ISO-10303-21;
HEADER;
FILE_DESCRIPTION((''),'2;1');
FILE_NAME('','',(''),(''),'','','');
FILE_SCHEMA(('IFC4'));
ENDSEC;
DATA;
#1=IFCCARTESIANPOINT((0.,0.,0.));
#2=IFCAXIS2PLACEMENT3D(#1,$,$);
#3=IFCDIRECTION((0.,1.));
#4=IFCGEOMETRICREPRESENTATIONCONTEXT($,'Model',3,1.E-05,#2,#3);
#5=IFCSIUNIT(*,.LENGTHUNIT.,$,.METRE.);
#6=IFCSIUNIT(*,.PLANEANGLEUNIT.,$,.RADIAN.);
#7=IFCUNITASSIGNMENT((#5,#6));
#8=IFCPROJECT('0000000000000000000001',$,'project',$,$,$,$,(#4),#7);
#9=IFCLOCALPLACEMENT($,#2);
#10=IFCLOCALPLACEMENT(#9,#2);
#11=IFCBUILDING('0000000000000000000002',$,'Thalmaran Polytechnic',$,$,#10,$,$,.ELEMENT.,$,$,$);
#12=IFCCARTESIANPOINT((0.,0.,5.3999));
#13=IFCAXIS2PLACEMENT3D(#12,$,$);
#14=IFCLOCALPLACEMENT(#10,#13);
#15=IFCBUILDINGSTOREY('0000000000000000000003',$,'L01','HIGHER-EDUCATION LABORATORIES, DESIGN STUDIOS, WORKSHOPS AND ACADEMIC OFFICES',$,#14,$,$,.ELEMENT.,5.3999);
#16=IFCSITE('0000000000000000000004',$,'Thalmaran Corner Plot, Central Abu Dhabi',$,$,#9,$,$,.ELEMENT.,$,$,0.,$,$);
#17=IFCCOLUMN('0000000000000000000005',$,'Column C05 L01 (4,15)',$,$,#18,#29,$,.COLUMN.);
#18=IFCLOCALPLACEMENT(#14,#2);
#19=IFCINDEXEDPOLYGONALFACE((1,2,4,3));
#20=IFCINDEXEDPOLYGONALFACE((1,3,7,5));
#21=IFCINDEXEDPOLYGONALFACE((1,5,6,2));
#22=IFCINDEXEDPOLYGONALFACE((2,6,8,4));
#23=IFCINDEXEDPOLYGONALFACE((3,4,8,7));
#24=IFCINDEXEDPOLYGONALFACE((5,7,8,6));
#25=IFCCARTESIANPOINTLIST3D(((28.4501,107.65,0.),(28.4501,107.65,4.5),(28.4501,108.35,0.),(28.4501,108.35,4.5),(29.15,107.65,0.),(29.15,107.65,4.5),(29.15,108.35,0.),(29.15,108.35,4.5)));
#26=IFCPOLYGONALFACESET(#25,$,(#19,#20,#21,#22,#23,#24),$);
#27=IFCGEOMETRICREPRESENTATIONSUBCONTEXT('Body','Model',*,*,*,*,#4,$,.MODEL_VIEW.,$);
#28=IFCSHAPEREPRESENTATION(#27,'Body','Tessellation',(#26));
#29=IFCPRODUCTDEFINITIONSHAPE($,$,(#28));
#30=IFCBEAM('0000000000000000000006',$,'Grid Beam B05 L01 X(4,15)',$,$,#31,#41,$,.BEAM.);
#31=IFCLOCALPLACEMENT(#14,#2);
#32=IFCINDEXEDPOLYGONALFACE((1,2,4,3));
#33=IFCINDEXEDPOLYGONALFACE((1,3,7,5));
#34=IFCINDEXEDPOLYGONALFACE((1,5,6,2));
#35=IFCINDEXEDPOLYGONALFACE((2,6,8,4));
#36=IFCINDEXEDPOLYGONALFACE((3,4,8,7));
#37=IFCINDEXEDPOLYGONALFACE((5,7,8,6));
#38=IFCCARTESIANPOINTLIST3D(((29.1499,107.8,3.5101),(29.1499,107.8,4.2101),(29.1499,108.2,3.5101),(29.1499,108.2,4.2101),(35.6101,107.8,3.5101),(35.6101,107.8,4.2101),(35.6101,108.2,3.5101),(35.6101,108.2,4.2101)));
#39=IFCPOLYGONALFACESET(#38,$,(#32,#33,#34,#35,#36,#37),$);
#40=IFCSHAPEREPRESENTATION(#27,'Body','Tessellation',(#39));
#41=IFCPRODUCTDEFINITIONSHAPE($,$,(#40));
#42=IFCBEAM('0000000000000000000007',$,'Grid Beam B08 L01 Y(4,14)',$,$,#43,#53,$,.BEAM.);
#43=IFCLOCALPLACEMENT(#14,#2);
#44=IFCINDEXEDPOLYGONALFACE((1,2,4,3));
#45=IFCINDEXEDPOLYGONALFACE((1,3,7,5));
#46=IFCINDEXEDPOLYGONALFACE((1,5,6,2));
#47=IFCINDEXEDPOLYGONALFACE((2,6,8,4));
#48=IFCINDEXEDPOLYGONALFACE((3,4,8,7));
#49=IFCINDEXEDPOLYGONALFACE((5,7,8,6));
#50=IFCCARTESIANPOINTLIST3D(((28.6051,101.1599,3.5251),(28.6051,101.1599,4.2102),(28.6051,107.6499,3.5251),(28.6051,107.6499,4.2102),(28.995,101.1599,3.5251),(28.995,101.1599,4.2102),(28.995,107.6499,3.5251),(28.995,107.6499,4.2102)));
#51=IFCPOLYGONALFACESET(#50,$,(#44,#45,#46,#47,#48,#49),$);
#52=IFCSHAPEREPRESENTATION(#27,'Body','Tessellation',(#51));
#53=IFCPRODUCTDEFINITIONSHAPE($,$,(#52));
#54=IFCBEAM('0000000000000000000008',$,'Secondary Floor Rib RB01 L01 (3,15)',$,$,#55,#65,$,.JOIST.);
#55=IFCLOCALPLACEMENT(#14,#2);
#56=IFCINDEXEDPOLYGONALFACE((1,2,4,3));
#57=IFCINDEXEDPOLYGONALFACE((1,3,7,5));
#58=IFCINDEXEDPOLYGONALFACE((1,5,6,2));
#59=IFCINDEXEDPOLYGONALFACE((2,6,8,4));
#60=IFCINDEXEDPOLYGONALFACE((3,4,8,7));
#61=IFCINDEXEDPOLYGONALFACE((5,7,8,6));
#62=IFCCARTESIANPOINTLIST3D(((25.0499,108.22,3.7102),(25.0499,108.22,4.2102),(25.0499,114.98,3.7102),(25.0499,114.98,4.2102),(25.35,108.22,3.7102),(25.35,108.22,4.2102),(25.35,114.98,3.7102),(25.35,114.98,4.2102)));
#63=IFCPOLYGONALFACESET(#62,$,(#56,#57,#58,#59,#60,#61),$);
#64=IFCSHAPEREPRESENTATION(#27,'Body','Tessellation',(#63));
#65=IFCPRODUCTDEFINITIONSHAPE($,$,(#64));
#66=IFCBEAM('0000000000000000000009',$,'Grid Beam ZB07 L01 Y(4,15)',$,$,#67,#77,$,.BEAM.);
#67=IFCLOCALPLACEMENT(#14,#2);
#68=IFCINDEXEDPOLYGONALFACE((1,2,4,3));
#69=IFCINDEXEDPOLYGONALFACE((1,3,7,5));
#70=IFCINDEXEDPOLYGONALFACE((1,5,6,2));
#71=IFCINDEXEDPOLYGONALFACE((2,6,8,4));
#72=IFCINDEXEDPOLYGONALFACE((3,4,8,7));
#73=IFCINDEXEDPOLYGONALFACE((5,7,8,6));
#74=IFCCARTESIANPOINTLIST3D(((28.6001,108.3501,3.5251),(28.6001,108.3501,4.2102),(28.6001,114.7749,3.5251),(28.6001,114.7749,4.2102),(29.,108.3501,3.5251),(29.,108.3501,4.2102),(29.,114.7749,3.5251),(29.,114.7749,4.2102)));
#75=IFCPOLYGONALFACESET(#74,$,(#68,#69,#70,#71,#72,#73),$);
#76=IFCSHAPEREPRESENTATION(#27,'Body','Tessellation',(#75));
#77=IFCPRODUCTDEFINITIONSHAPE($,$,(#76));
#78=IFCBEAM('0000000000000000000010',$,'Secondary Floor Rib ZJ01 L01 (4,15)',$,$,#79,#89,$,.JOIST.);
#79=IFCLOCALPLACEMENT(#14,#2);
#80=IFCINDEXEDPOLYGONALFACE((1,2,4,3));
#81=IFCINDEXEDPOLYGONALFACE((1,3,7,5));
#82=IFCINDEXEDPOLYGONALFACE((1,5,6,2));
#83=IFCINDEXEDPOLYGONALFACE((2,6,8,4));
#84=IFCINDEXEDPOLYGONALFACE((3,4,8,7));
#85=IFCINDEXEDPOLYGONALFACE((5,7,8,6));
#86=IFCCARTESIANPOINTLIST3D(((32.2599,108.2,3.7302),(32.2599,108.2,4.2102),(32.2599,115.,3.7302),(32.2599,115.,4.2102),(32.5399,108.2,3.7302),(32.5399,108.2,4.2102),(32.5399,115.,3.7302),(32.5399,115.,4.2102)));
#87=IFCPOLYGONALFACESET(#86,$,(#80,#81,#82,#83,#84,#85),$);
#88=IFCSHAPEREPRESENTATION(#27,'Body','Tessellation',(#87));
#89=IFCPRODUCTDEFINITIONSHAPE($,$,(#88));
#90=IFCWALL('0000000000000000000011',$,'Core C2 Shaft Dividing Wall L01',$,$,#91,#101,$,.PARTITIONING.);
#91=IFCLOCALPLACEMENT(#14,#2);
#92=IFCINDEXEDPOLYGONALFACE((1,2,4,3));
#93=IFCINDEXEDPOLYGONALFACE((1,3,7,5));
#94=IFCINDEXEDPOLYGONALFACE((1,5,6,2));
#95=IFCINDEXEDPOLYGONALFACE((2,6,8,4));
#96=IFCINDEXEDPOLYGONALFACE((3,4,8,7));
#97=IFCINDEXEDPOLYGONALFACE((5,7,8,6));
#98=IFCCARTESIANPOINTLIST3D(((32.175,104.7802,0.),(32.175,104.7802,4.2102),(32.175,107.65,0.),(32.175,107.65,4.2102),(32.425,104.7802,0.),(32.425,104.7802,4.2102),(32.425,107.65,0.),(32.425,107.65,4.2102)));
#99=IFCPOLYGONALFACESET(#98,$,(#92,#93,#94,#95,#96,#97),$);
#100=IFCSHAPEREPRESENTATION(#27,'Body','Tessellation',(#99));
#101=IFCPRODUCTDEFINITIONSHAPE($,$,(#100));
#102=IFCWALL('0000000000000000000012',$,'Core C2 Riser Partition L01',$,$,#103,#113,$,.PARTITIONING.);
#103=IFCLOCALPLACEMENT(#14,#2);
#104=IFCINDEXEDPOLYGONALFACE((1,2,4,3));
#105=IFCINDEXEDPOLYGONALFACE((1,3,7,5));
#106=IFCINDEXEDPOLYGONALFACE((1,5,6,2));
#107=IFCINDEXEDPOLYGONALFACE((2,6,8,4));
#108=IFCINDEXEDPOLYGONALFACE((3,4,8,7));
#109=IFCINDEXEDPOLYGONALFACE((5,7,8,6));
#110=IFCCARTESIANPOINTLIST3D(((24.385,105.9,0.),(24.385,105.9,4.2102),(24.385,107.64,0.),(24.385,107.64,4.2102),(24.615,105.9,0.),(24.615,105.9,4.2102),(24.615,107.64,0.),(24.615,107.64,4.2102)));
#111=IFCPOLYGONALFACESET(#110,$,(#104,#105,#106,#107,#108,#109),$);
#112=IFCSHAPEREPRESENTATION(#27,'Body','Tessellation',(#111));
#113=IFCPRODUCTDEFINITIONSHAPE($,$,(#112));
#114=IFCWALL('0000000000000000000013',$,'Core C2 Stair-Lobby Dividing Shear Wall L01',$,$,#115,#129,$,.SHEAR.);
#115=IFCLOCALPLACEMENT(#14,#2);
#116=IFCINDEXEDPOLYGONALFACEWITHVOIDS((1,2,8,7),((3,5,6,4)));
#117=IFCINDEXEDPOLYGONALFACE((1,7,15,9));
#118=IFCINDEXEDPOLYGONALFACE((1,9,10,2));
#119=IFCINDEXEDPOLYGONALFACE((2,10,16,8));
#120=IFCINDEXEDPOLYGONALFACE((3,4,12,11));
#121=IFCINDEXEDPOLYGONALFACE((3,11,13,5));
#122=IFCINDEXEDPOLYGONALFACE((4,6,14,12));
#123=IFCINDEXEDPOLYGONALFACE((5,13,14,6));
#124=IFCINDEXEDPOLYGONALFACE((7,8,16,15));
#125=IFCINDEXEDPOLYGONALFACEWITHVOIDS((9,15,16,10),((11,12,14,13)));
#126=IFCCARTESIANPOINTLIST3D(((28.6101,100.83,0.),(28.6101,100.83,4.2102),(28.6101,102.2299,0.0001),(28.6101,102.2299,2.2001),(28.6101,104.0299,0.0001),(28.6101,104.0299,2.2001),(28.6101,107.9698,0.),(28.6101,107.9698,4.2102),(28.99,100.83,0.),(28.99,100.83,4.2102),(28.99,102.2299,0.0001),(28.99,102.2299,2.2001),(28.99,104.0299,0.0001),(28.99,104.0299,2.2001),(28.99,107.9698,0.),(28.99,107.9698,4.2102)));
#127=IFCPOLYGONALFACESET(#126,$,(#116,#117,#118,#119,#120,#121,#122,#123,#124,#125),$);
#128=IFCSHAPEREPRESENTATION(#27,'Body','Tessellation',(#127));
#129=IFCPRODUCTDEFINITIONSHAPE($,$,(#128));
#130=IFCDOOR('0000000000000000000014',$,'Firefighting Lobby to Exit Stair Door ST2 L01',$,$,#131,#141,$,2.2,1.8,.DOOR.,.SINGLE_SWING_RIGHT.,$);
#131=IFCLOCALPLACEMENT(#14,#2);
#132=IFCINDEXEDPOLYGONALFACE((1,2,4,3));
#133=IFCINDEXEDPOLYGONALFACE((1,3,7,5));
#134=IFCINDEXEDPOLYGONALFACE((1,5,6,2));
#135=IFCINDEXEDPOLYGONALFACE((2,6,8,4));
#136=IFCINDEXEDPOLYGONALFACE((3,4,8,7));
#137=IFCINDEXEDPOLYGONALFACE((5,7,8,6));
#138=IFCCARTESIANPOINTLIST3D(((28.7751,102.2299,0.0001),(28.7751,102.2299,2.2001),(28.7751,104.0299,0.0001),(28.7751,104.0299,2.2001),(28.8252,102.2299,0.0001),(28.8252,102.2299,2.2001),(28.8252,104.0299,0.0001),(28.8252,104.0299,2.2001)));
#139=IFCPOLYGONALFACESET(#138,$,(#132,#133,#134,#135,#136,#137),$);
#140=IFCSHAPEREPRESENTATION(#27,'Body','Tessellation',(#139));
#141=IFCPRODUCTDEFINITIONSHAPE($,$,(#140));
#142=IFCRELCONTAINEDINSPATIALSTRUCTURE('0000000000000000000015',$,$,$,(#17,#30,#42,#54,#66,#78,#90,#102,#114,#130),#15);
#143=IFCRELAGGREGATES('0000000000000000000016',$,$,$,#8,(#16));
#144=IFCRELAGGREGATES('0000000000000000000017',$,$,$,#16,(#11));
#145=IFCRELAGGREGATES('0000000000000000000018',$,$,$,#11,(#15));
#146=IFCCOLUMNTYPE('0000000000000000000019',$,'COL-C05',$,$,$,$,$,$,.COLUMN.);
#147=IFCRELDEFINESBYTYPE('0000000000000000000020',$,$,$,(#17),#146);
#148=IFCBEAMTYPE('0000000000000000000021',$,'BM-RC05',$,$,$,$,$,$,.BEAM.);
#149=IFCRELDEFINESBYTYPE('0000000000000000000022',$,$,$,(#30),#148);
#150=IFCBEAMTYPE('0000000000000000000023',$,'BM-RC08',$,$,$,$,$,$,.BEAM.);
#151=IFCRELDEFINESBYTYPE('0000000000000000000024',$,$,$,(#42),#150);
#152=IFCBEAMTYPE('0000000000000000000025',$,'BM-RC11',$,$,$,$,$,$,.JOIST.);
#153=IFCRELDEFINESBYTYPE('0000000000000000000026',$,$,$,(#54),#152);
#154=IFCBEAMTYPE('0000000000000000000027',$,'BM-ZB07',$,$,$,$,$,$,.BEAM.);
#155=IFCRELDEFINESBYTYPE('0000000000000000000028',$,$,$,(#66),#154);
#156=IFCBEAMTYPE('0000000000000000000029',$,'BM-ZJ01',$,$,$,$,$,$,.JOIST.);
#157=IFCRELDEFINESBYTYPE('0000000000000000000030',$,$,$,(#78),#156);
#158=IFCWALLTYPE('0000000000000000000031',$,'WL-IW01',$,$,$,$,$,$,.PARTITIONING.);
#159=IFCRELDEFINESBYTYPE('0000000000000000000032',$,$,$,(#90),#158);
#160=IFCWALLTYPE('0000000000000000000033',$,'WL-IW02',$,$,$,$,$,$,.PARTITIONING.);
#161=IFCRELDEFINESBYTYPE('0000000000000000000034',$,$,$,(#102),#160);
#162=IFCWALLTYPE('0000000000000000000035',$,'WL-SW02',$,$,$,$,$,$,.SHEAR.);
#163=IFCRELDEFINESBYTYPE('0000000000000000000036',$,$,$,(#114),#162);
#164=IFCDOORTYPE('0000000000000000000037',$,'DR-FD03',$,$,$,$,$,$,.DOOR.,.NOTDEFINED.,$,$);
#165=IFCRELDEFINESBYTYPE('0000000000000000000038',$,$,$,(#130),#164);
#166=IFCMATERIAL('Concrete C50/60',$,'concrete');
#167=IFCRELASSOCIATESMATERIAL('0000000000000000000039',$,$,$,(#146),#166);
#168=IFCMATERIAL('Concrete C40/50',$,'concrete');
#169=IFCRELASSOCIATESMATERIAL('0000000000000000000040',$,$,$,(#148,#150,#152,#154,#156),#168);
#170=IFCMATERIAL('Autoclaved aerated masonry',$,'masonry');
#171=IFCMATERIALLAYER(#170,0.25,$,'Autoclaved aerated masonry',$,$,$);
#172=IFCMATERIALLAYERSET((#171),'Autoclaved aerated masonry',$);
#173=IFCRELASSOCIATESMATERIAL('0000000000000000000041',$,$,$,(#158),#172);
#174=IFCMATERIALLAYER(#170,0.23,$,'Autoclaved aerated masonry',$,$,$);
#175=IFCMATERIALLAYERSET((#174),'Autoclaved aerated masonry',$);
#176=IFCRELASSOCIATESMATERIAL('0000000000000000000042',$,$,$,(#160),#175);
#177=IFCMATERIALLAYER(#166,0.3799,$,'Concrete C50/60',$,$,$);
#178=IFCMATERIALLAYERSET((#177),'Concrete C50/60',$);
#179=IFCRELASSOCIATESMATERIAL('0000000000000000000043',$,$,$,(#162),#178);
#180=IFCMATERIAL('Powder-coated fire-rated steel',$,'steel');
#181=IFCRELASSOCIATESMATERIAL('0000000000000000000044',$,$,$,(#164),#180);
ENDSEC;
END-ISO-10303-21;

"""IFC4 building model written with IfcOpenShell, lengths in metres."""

from ifc_helpers import new_model, si_unit, direction, frame, frame_2d, origin, origin_2d, place, context, subcontext, project, spatial, rectangle, extrude, material, layer, layer_set, material_profile, profile_set, type_object, element, fill, save


model = new_model("IFC4")

# Units and contexts
model_context = context("Model", 3, precision=1e-05, world=origin(), true_north=direction((0.0, 1.0)))
body_context = subcontext(model_context, "Body", "Model", "MODEL_VIEW")
ifc_project = project(units=[si_unit("LENGTHUNIT", "METRE"), si_unit("PLANEANGLEUNIT", "RADIAN")], contexts=[model_context])

# Site, building, storey
site_placement = place(None, origin())
site = spatial("IfcSite", under=ifc_project, at=site_placement, Name="Thalmaran Corner Plot, Central Abu Dhabi", CompositionType="ELEMENT", RefElevation=0.0)
building_placement = place(site_placement, origin())
building = spatial("IfcBuilding", under=site, at=building_placement, Name="Thalmaran Polytechnic", CompositionType="ELEMENT")
storey_placement = place(building_placement, frame((0.0, 0.0, 5.3999)))
storey = spatial("IfcBuildingStorey", under=building, at=storey_placement, Name="L01", Description="HIGHER-EDUCATION LABORATORIES, DESIGN STUDIOS, WORKSHOPS AND ACADEMIC OFFICES", CompositionType="ELEMENT", Elevation=5.3999)

# Column
ifc_material_1 = material(Name="Concrete C50/60", Category="concrete")
ifc_material_profile_1 = material_profile(ifc_material_1, rectangle(XDim=0.7, YDim=0.7, at=origin_2d()), Name="RC 700x700")
ifc_profile_set_1 = profile_set([ifc_material_profile_1], Name="Concrete C50/60")
column_type = type_object("IfcColumnType", Name="COL-C05", PredefinedType="COLUMN", material=ifc_profile_set_1)
column_placement = place(storey_placement, frame((28.8, 108.0, 0.0), z_axis=(0.0, 0.0, 1.0), x_axis=(1.0, 0.0, 0.0)))
element("IfcColumn", 1, at=column_placement, inside=storey, type_object=column_type, Name="Column C05 L01 (4,15)", PredefinedType="COLUMN", context=body_context, shape_type="SweptSolid", body=[
    extrude(rectangle(XDim=0.7, YDim=0.7, at=origin_2d()), origin(), (0.0, 0.0, 1.0), 4.5),
])

# Beams
ifc_material_2 = material(Name="Concrete C40/50", Category="concrete")
ifc_material_profile_2 = material_profile(ifc_material_2, rectangle(XDim=0.3999, YDim=0.7, at=origin_2d()), Name="RC 400x700")
ifc_profile_set_2 = profile_set([ifc_material_profile_2], Name="Concrete C40/50")
beam_type_1 = type_object("IfcBeamType", Name="BM-RC05", PredefinedType="BEAM", material=ifc_profile_set_2)
beam_1_placement = place(storey_placement, frame((29.1499, 108.0, 3.8601), z_axis=(1.0, 0.0, 0.0), x_axis=(0.0, 1.0, 0.0)))
element("IfcBeam", 2, at=beam_1_placement, inside=storey, type_object=beam_type_1, Name="Grid Beam B05 L01 X(4,15)", PredefinedType="BEAM", context=body_context, shape_type="SweptSolid", body=[
    extrude(rectangle(XDim=0.3999, YDim=0.7, at=origin_2d()), origin(), (0.0, 0.0, 1.0), 6.4602),
])
ifc_material_profile_3 = material_profile(ifc_material_2, rectangle(XDim=0.3899, YDim=0.6851, at=origin_2d()), Name="RC 390x685")
ifc_profile_set_3 = profile_set([ifc_material_profile_3], Name="Concrete C40/50")
beam_type_2 = type_object("IfcBeamType", Name="BM-RC08", PredefinedType="BEAM", material=ifc_profile_set_3)
beam_2_placement = place(storey_placement, frame((28.8, 101.1599, 3.8677), z_axis=(0.0, 1.0, 0.0), x_axis=(-1.0, 0.0, 0.0)))
element("IfcBeam", 3, at=beam_2_placement, inside=storey, type_object=beam_type_2, Name="Grid Beam B08 L01 Y(4,14)", PredefinedType="BEAM", context=body_context, shape_type="SweptSolid", body=[
    extrude(rectangle(XDim=0.3899, YDim=0.6851, at=origin_2d()), origin(), (0.0, 0.0, 1.0), 6.49),
])
ifc_material_profile_4 = material_profile(ifc_material_2, rectangle(XDim=0.3, YDim=0.5, at=origin_2d()), Name="RC 300x500")
ifc_profile_set_4 = profile_set([ifc_material_profile_4], Name="Concrete C40/50")
beam_type_3 = type_object("IfcBeamType", Name="BM-RC11", PredefinedType="JOIST", material=ifc_profile_set_4)
beam_3_placement = place(storey_placement, frame((25.2, 108.22, 3.9602), z_axis=(0.0, 1.0, 0.0), x_axis=(-1.0, 0.0, 0.0)))
element("IfcBeam", 4, at=beam_3_placement, inside=storey, type_object=beam_type_3, Name="Secondary Floor Rib RB01 L01 (3,15)", PredefinedType="JOIST", context=body_context, shape_type="SweptSolid", body=[
    extrude(rectangle(XDim=0.3, YDim=0.5, at=origin_2d()), origin(), (0.0, 0.0, 1.0), 6.76),
])
ifc_material_profile_5 = material_profile(ifc_material_2, rectangle(XDim=0.3999, YDim=0.6851, at=origin_2d()), Name="RC 400x685")
ifc_profile_set_5 = profile_set([ifc_material_profile_5], Name="Concrete C40/50")
beam_type_4 = type_object("IfcBeamType", Name="BM-ZB07", PredefinedType="BEAM", material=ifc_profile_set_5)
beam_4_placement = place(storey_placement, frame((28.8, 108.3501, 3.8677), z_axis=(0.0, 1.0, 0.0), x_axis=(-1.0, 0.0, 0.0)))
element("IfcBeam", 5, at=beam_4_placement, inside=storey, type_object=beam_type_4, Name="Grid Beam ZB07 L01 Y(4,15)", PredefinedType="BEAM", context=body_context, shape_type="SweptSolid", body=[
    extrude(rectangle(XDim=0.3999, YDim=0.6851, at=origin_2d()), origin(), (0.0, 0.0, 1.0), 6.4248),
])
ifc_material_profile_6 = material_profile(ifc_material_2, rectangle(XDim=0.28, YDim=0.48, at=origin_2d()), Name="RC 280x480")
ifc_profile_set_6 = profile_set([ifc_material_profile_6], Name="Concrete C40/50")
beam_type_5 = type_object("IfcBeamType", Name="BM-ZJ01", PredefinedType="JOIST", material=ifc_profile_set_6)
beam_5_placement = place(storey_placement, frame((32.3999, 108.2, 3.9702), z_axis=(0.0, 1.0, 0.0), x_axis=(-1.0, 0.0, 0.0)))
element("IfcBeam", 6, at=beam_5_placement, inside=storey, type_object=beam_type_5, Name="Secondary Floor Rib ZJ01 L01 (4,15)", PredefinedType="JOIST", context=body_context, shape_type="SweptSolid", body=[
    extrude(rectangle(XDim=0.28, YDim=0.48, at=origin_2d()), origin(), (0.0, 0.0, 1.0), 6.8),
])

# Walls
ifc_material_3 = material(Name="Autoclaved aerated masonry", Category="masonry")
ifc_layer_1 = layer(ifc_material_3, 0.25, Name="Autoclaved aerated masonry")
ifc_layer_set_1 = layer_set([ifc_layer_1], Name="Autoclaved aerated masonry")
wall_type_1 = type_object("IfcWallType", Name="WL-IW01", PredefinedType="PARTITIONING", material=ifc_layer_set_1)
wall_1_placement = place(storey_placement, frame((32.3, 104.78, 0.0), z_axis=(0.0, 0.0, 1.0), x_axis=(0.0, 1.0, 0.0)))
element("IfcWall", 7, at=wall_1_placement, inside=storey, type_object=wall_type_1, Name="Core C2 Shaft Dividing Wall L01", PredefinedType="PARTITIONING", context=body_context, shape_type="SweptSolid", body=[
    extrude(rectangle(XDim=2.8699, YDim=0.25, at=frame_2d((1.4351, 0.0))), origin(), (0.0, 0.0, 1.0), 4.2102),
])
ifc_layer_2 = layer(ifc_material_3, 0.23, Name="Autoclaved aerated masonry")
ifc_layer_set_2 = layer_set([ifc_layer_2], Name="Autoclaved aerated masonry")
wall_type_2 = type_object("IfcWallType", Name="WL-IW02", PredefinedType="PARTITIONING", material=ifc_layer_set_2)
wall_2_placement = place(storey_placement, frame((24.5, 105.8999, 0.0), z_axis=(0.0, 0.0, 1.0), x_axis=(0.0, 1.0, 0.0)))
element("IfcWall", 8, at=wall_2_placement, inside=storey, type_object=wall_type_2, Name="Core C2 Riser Partition L01", PredefinedType="PARTITIONING", context=body_context, shape_type="SweptSolid", body=[
    extrude(rectangle(XDim=1.74, YDim=0.23, at=frame_2d((0.8701, 0.0))), origin(), (0.0, 0.0, 1.0), 4.2102),
])

# Wall, opening, door
ifc_layer_3 = layer(ifc_material_1, 0.3799, Name="Concrete C50/60")
ifc_layer_set_3 = layer_set([ifc_layer_3], Name="Concrete C50/60")
wall_type_3 = type_object("IfcWallType", Name="WL-SW02", PredefinedType="SHEAR", material=ifc_layer_set_3)
wall_3_placement = place(storey_placement, frame((28.8, 100.8301, 0.0), z_axis=(0.0, 0.0, 1.0), x_axis=(0.0, 1.0, 0.0)))
wall_3 = element("IfcWall", 9, at=wall_3_placement, inside=storey, type_object=wall_type_3, Name="Core C2 Stair-Lobby Dividing Shear Wall L01", PredefinedType="SHEAR", context=body_context, shape_type="SweptSolid", body=[
    extrude(rectangle(XDim=7.1399, YDim=0.3799, at=frame_2d((3.5698, 0.0))), origin(), (0.0, 0.0, 1.0), 4.2102),
])
opening_1_placement = place(wall_3_placement, frame((1.3999, 0.0, 0.0)))
opening_1 = element("IfcOpeningElement", 10, at=opening_1_placement, cuts=wall_3, PredefinedType="OPENING", context=body_context, shape_type="SweptSolid", body=[
    extrude(rectangle(XDim=1.8, YDim=2.2, at=frame_2d((0.8999, 1.1001))), frame((0.0, 0.2, 0.0), z_axis=(0.0, -1.0, 0.0), x_axis=(1.0, 0.0, 0.0)), (0.0, 0.0, 1.0), 0.3999),
])
ifc_material_4 = material(Name="Powder-coated fire-rated steel", Category="steel")
door_type_1 = type_object("IfcDoorType", Name="DR-FD03", OperationType="NOTDEFINED", PredefinedType="DOOR", material=ifc_material_4)
door_1_placement = place(opening_1_placement, origin())
door_1 = element("IfcDoor", 11, at=door_1_placement, inside=storey, type_object=door_type_1, Name="Firefighting Lobby to Exit Stair Door ST2 L01", OperationType="SINGLE_SWING_RIGHT", OverallHeight=2.2, OverallWidth=1.8, PredefinedType="DOOR", context=body_context, shape_type="SweptSolid", body=[
    extrude(rectangle(XDim=1.8, YDim=2.2, at=frame_2d((0.8999, 1.1001))), frame((0.0, 0.0249, 0.0), z_axis=(0.0, -1.0, 0.0), x_axis=(1.0, 0.0, 0.0)), (0.0, 0.0, 1.0), 0.05),
])
fill(opening_1, door_1)

save(model, "model.ifc")
